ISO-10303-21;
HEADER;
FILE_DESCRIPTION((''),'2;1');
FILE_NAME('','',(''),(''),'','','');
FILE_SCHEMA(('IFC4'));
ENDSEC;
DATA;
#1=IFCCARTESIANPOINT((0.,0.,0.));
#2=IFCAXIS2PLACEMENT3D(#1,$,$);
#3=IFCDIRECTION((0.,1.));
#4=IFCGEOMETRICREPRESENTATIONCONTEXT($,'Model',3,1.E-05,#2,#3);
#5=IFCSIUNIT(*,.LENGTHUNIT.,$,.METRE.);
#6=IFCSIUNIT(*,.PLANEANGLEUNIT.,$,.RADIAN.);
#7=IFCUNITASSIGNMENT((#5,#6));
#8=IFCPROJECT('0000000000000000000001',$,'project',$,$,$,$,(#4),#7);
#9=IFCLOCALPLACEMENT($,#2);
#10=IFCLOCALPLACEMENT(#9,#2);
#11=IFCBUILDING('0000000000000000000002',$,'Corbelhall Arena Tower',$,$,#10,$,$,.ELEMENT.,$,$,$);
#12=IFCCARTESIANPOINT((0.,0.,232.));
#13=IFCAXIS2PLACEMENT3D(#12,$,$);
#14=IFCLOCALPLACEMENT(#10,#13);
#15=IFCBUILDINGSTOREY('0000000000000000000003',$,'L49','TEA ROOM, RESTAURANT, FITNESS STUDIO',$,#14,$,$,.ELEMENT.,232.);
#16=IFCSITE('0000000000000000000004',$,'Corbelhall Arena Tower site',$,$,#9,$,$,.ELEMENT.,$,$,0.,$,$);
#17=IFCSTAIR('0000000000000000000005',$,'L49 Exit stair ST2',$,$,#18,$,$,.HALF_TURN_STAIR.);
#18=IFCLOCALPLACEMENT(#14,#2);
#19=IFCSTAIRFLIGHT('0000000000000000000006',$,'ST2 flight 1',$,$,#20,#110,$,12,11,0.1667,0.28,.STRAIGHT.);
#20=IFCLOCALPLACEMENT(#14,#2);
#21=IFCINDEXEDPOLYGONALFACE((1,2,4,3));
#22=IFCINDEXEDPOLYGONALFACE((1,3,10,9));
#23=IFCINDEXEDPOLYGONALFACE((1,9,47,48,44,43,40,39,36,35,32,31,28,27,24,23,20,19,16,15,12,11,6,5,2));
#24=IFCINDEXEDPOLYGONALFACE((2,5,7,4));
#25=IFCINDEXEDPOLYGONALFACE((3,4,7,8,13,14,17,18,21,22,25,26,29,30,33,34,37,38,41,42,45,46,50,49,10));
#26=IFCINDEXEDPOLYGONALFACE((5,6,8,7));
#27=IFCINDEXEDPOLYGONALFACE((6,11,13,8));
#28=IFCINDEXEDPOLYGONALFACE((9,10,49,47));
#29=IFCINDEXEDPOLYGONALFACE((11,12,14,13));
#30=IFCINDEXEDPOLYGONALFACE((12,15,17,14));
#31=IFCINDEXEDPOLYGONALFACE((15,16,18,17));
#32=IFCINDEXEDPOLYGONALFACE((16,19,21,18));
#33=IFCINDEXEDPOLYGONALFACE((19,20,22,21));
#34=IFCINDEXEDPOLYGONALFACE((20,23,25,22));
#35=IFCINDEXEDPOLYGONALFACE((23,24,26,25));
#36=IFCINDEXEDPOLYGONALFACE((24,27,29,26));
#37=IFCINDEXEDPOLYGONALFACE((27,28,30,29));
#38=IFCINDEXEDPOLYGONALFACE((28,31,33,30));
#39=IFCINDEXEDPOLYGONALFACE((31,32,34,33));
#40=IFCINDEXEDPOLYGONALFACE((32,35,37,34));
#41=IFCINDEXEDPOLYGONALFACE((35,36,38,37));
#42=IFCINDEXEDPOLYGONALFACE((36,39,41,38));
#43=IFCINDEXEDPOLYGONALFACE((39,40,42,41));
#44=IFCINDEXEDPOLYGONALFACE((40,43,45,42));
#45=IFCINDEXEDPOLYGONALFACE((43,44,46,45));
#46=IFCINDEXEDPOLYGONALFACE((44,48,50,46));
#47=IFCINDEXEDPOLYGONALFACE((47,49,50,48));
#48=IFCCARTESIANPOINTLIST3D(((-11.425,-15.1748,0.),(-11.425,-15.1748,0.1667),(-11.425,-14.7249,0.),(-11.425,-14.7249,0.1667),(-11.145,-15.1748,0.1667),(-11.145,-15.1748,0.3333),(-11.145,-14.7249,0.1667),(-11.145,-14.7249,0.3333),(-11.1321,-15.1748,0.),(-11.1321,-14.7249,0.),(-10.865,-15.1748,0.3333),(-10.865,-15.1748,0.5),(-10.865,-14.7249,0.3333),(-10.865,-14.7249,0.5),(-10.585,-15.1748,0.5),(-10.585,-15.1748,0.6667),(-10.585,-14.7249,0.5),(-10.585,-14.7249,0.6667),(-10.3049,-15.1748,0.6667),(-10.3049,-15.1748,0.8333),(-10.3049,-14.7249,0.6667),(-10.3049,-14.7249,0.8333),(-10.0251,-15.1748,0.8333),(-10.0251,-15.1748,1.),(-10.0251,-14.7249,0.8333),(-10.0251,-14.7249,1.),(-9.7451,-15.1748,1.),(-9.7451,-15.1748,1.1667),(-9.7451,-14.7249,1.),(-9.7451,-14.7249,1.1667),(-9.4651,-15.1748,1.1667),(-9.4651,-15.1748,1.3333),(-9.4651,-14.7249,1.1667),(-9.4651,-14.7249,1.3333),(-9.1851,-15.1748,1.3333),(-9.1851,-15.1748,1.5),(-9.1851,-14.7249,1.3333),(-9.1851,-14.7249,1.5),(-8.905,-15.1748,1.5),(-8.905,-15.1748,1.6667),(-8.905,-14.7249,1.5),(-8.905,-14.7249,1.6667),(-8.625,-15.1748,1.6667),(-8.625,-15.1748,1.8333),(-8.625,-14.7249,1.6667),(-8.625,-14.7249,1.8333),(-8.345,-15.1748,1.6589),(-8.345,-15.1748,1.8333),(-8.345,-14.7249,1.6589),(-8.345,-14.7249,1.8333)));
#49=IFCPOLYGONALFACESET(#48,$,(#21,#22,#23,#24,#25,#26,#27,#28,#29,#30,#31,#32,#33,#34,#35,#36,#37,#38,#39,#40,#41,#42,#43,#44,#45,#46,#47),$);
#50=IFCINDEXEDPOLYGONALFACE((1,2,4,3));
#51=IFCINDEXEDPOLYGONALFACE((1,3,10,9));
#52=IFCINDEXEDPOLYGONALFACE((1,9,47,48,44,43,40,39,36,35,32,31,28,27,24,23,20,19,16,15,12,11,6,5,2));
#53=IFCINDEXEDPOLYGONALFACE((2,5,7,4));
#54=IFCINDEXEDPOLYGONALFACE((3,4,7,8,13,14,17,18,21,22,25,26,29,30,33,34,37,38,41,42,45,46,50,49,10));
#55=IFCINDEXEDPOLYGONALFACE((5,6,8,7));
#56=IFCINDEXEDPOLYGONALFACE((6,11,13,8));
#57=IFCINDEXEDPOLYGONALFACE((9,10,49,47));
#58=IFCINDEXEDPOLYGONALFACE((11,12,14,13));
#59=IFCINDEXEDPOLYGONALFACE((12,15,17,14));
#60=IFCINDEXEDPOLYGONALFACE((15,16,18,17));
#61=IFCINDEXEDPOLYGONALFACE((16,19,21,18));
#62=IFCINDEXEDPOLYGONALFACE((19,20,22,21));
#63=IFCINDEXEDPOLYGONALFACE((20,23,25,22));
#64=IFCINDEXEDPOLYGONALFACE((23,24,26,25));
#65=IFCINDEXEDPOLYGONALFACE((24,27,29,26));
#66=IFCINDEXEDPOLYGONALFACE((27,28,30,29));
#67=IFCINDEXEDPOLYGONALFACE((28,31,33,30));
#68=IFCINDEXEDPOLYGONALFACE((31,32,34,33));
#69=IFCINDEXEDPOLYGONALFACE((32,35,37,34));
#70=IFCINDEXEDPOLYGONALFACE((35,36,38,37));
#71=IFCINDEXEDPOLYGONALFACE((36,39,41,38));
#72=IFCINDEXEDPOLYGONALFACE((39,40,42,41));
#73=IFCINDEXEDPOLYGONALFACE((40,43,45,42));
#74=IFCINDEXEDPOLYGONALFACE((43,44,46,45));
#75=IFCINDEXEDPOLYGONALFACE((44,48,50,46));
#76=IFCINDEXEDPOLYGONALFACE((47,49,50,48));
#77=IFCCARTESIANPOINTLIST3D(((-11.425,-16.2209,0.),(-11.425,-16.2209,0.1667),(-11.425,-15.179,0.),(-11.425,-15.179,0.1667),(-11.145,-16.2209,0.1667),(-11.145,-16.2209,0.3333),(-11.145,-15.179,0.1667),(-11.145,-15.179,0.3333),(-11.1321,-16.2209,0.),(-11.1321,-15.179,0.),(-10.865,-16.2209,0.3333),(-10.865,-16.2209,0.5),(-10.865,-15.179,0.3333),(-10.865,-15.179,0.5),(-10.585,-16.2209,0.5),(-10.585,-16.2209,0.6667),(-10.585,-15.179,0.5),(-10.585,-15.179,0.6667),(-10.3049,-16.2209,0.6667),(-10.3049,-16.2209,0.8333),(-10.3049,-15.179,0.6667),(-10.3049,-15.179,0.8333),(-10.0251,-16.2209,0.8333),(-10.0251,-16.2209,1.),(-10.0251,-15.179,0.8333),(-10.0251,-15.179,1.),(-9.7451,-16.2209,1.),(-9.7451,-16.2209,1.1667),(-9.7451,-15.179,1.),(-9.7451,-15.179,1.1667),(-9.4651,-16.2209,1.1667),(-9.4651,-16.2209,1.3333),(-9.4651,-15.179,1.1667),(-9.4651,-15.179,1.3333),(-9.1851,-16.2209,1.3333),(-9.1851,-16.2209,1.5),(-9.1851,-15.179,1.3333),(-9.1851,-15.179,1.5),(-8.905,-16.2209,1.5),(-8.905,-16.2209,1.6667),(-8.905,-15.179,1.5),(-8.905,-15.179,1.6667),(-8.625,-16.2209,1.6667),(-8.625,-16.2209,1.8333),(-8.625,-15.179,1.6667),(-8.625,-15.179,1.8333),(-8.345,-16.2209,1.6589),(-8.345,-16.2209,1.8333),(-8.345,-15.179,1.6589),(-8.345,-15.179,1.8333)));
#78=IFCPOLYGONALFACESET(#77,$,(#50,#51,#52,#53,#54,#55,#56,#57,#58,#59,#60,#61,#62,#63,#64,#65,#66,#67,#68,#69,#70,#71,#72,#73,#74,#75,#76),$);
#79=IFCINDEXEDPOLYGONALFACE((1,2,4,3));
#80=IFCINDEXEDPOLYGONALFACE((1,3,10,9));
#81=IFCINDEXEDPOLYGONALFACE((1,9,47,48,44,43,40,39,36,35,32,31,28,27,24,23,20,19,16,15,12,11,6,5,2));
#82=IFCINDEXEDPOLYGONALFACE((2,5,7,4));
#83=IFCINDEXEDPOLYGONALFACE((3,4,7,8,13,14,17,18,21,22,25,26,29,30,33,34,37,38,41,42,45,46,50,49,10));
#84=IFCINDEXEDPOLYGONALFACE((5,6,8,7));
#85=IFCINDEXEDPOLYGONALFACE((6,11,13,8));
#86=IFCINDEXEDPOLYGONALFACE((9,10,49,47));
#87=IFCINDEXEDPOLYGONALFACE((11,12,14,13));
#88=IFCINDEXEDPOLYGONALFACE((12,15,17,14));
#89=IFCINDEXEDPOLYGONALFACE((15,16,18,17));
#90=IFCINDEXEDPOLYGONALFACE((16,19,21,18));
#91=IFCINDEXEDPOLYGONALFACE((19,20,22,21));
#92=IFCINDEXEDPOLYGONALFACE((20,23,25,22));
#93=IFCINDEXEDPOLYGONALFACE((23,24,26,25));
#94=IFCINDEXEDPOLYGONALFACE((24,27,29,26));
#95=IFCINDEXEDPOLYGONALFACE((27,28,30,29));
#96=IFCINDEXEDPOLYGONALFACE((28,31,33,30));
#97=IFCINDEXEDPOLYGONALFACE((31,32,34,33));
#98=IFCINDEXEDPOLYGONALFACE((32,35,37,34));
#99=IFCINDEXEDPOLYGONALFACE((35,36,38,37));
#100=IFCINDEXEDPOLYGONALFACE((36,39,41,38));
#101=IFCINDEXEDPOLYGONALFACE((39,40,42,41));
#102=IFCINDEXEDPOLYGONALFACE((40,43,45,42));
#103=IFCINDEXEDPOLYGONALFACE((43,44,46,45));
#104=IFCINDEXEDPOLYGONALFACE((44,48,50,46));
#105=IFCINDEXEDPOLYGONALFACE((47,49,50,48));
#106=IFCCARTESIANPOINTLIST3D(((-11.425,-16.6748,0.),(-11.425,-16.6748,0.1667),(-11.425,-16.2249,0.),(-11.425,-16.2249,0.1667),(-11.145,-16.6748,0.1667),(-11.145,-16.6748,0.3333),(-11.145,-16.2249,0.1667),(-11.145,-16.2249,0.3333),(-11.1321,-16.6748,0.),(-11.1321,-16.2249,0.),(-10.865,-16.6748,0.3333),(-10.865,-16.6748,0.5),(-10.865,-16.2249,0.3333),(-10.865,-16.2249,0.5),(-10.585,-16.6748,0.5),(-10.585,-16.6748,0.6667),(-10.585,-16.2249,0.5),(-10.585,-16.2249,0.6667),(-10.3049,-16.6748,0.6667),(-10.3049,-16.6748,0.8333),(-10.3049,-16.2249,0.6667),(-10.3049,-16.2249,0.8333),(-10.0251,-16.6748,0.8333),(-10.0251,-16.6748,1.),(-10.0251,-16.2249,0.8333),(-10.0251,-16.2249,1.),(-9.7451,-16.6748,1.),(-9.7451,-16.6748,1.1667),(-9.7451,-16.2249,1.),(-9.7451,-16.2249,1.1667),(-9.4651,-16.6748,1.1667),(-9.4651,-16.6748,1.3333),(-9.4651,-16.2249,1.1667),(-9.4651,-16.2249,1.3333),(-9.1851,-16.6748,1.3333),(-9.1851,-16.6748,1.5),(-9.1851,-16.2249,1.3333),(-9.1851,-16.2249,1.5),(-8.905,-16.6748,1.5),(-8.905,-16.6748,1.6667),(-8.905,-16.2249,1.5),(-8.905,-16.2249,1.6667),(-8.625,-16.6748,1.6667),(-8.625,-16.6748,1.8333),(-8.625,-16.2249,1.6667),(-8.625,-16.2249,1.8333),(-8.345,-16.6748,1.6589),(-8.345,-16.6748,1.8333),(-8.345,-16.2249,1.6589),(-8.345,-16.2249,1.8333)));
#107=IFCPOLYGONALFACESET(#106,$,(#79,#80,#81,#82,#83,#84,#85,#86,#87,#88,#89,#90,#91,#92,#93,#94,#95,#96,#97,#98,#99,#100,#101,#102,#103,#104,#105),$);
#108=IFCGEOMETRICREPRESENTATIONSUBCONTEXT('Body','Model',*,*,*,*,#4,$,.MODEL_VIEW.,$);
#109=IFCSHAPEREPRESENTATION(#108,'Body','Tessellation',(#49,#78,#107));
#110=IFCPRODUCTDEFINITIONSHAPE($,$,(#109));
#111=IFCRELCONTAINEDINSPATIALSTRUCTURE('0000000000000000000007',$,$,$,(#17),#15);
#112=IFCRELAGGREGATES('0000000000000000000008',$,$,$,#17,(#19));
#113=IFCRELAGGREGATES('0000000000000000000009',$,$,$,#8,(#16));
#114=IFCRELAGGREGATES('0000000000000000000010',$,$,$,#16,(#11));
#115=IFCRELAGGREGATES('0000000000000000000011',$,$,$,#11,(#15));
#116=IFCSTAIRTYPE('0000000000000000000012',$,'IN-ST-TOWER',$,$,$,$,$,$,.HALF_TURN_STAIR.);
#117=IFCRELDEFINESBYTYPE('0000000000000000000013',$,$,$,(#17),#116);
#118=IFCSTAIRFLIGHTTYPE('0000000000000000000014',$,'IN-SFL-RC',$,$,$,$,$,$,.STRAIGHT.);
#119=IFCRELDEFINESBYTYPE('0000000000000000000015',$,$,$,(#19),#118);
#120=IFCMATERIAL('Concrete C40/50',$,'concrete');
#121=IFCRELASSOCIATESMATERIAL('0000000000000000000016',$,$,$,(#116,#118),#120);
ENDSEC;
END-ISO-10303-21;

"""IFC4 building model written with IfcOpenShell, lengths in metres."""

from ifc_helpers import new_model, si_unit, direction, frame, origin, place, context, subcontext, project, spatial, polyline, outline, extrude, material, type_object, element, aggregate, save


model = new_model("IFC4")

# Units and contexts
model_context = context("Model", 3, precision=1e-05, world=origin(), true_north=direction((0.0, 1.0)))
body_context = subcontext(model_context, "Body", "Model", "MODEL_VIEW")
ifc_project = project(units=[si_unit("LENGTHUNIT", "METRE"), si_unit("PLANEANGLEUNIT", "RADIAN")], contexts=[model_context])

# Site, building, storey
site_placement = place(None, origin())
site = spatial("IfcSite", under=ifc_project, at=site_placement, Name="Corbelhall Arena Tower site", CompositionType="ELEMENT", RefElevation=0.0)
building_placement = place(site_placement, origin())
building = spatial("IfcBuilding", under=site, at=building_placement, Name="Corbelhall Arena Tower", CompositionType="ELEMENT")
storey_placement = place(building_placement, frame((0.0, 0.0, 232.0)))
storey = spatial("IfcBuildingStorey", under=building, at=storey_placement, Name="L49", Description="TEA ROOM, RESTAURANT, FITNESS STUDIO", CompositionType="ELEMENT", Elevation=232.0)

# Shared definitions
ifc_material_1 = material(Name="Concrete C40/50", Category="concrete")

# Stair, stair flight
stair_type = type_object("IfcStairType", Name="IN-ST-TOWER", PredefinedType="HALF_TURN_STAIR", material=ifc_material_1)
stair_placement = place(storey_placement, origin())
stair = element("IfcStair", 1, at=stair_placement, inside=storey, type_object=stair_type, Name="L49 Exit stair ST2", PredefinedType="HALF_TURN_STAIR")
stair_flight_type = type_object("IfcStairFlightType", Name="IN-SFL-RC", PredefinedType="STRAIGHT", material=ifc_material_1)
stair_flight_1_placement = place(storey_placement, frame((-11.425, -15.7, 0.0), z_axis=(0.0, 0.0, 1.0), x_axis=(1.0, 0.0, 0.0)))
stair_flight_1 = element("IfcStairFlight", 2, at=stair_flight_1_placement, type_object=stair_flight_type, Name="ST2 flight 1", NumberOfRisers=12, NumberOfTreads=11, PredefinedType="STRAIGHT", RiserHeight=0.1667, TreadLength=0.28, context=body_context, shape_type="SweptSolid", body=[
    extrude(outline(polyline([(0.0, 0.0), (0.0, 0.1667), (0.28, 0.1667), (0.28, 0.3333), (0.5601, 0.3333), (0.5601, 0.5), (0.8401, 0.5), (0.8401, 0.6667), (1.1201, 0.6667), (1.1201, 0.8333), (1.3999, 0.8333), (1.3999, 1.0), (1.6799, 1.0), (1.6799, 1.1667), (1.96, 1.1667), (1.96, 1.3333), (2.24, 1.3333), (2.24, 1.5), (2.52, 1.5), (2.52, 1.6667), (2.8, 1.6667), (2.8, 1.8333), (3.0801, 1.8333), (3.0801, 2.0), (3.0801, 1.6589), (0.293, 0.0), (0.0, 0.0)])), frame((0.0, 0.9751, 0.0), z_axis=(0.0, -1.0, 0.0), x_axis=(1.0, 0.0, 0.0)), (0.0, 0.0, 1.0), 0.45),
    extrude(outline(polyline([(0.0, 0.0), (0.0, 0.1667), (0.28, 0.1667), (0.28, 0.3333), (0.5601, 0.3333), (0.5601, 0.5), (0.8401, 0.5), (0.8401, 0.6667), (1.1201, 0.6667), (1.1201, 0.8333), (1.3999, 0.8333), (1.3999, 1.0), (1.6799, 1.0), (1.6799, 1.1667), (1.96, 1.1667), (1.96, 1.3333), (2.24, 1.3333), (2.24, 1.5), (2.52, 1.5), (2.52, 1.6667), (2.8, 1.6667), (2.8, 1.8333), (3.0801, 1.8333), (3.0801, 2.0), (3.0801, 1.6589), (0.293, 0.0), (0.0, 0.0)])), frame((0.0, 0.521, 0.0), z_axis=(0.0, -1.0, 0.0), x_axis=(1.0, 0.0, 0.0)), (0.0, 0.0, 1.0), 1.042),
    extrude(outline(polyline([(0.0, 0.0), (0.0, 0.1667), (0.28, 0.1667), (0.28, 0.3333), (0.5601, 0.3333), (0.5601, 0.5), (0.8401, 0.5), (0.8401, 0.6667), (1.1201, 0.6667), (1.1201, 0.8333), (1.3999, 0.8333), (1.3999, 1.0), (1.6799, 1.0), (1.6799, 1.1667), (1.96, 1.1667), (1.96, 1.3333), (2.24, 1.3333), (2.24, 1.5), (2.52, 1.5), (2.52, 1.6667), (2.8, 1.6667), (2.8, 1.8333), (3.0801, 1.8333), (3.0801, 2.0), (3.0801, 1.6589), (0.293, 0.0), (0.0, 0.0)])), frame((0.0, -0.5249, 0.0), z_axis=(0.0, -1.0, 0.0), x_axis=(1.0, 0.0, 0.0)), (0.0, 0.0, 1.0), 0.45),
])
aggregate(stair, [stair_flight_1])

save(model, "model.ifc")
